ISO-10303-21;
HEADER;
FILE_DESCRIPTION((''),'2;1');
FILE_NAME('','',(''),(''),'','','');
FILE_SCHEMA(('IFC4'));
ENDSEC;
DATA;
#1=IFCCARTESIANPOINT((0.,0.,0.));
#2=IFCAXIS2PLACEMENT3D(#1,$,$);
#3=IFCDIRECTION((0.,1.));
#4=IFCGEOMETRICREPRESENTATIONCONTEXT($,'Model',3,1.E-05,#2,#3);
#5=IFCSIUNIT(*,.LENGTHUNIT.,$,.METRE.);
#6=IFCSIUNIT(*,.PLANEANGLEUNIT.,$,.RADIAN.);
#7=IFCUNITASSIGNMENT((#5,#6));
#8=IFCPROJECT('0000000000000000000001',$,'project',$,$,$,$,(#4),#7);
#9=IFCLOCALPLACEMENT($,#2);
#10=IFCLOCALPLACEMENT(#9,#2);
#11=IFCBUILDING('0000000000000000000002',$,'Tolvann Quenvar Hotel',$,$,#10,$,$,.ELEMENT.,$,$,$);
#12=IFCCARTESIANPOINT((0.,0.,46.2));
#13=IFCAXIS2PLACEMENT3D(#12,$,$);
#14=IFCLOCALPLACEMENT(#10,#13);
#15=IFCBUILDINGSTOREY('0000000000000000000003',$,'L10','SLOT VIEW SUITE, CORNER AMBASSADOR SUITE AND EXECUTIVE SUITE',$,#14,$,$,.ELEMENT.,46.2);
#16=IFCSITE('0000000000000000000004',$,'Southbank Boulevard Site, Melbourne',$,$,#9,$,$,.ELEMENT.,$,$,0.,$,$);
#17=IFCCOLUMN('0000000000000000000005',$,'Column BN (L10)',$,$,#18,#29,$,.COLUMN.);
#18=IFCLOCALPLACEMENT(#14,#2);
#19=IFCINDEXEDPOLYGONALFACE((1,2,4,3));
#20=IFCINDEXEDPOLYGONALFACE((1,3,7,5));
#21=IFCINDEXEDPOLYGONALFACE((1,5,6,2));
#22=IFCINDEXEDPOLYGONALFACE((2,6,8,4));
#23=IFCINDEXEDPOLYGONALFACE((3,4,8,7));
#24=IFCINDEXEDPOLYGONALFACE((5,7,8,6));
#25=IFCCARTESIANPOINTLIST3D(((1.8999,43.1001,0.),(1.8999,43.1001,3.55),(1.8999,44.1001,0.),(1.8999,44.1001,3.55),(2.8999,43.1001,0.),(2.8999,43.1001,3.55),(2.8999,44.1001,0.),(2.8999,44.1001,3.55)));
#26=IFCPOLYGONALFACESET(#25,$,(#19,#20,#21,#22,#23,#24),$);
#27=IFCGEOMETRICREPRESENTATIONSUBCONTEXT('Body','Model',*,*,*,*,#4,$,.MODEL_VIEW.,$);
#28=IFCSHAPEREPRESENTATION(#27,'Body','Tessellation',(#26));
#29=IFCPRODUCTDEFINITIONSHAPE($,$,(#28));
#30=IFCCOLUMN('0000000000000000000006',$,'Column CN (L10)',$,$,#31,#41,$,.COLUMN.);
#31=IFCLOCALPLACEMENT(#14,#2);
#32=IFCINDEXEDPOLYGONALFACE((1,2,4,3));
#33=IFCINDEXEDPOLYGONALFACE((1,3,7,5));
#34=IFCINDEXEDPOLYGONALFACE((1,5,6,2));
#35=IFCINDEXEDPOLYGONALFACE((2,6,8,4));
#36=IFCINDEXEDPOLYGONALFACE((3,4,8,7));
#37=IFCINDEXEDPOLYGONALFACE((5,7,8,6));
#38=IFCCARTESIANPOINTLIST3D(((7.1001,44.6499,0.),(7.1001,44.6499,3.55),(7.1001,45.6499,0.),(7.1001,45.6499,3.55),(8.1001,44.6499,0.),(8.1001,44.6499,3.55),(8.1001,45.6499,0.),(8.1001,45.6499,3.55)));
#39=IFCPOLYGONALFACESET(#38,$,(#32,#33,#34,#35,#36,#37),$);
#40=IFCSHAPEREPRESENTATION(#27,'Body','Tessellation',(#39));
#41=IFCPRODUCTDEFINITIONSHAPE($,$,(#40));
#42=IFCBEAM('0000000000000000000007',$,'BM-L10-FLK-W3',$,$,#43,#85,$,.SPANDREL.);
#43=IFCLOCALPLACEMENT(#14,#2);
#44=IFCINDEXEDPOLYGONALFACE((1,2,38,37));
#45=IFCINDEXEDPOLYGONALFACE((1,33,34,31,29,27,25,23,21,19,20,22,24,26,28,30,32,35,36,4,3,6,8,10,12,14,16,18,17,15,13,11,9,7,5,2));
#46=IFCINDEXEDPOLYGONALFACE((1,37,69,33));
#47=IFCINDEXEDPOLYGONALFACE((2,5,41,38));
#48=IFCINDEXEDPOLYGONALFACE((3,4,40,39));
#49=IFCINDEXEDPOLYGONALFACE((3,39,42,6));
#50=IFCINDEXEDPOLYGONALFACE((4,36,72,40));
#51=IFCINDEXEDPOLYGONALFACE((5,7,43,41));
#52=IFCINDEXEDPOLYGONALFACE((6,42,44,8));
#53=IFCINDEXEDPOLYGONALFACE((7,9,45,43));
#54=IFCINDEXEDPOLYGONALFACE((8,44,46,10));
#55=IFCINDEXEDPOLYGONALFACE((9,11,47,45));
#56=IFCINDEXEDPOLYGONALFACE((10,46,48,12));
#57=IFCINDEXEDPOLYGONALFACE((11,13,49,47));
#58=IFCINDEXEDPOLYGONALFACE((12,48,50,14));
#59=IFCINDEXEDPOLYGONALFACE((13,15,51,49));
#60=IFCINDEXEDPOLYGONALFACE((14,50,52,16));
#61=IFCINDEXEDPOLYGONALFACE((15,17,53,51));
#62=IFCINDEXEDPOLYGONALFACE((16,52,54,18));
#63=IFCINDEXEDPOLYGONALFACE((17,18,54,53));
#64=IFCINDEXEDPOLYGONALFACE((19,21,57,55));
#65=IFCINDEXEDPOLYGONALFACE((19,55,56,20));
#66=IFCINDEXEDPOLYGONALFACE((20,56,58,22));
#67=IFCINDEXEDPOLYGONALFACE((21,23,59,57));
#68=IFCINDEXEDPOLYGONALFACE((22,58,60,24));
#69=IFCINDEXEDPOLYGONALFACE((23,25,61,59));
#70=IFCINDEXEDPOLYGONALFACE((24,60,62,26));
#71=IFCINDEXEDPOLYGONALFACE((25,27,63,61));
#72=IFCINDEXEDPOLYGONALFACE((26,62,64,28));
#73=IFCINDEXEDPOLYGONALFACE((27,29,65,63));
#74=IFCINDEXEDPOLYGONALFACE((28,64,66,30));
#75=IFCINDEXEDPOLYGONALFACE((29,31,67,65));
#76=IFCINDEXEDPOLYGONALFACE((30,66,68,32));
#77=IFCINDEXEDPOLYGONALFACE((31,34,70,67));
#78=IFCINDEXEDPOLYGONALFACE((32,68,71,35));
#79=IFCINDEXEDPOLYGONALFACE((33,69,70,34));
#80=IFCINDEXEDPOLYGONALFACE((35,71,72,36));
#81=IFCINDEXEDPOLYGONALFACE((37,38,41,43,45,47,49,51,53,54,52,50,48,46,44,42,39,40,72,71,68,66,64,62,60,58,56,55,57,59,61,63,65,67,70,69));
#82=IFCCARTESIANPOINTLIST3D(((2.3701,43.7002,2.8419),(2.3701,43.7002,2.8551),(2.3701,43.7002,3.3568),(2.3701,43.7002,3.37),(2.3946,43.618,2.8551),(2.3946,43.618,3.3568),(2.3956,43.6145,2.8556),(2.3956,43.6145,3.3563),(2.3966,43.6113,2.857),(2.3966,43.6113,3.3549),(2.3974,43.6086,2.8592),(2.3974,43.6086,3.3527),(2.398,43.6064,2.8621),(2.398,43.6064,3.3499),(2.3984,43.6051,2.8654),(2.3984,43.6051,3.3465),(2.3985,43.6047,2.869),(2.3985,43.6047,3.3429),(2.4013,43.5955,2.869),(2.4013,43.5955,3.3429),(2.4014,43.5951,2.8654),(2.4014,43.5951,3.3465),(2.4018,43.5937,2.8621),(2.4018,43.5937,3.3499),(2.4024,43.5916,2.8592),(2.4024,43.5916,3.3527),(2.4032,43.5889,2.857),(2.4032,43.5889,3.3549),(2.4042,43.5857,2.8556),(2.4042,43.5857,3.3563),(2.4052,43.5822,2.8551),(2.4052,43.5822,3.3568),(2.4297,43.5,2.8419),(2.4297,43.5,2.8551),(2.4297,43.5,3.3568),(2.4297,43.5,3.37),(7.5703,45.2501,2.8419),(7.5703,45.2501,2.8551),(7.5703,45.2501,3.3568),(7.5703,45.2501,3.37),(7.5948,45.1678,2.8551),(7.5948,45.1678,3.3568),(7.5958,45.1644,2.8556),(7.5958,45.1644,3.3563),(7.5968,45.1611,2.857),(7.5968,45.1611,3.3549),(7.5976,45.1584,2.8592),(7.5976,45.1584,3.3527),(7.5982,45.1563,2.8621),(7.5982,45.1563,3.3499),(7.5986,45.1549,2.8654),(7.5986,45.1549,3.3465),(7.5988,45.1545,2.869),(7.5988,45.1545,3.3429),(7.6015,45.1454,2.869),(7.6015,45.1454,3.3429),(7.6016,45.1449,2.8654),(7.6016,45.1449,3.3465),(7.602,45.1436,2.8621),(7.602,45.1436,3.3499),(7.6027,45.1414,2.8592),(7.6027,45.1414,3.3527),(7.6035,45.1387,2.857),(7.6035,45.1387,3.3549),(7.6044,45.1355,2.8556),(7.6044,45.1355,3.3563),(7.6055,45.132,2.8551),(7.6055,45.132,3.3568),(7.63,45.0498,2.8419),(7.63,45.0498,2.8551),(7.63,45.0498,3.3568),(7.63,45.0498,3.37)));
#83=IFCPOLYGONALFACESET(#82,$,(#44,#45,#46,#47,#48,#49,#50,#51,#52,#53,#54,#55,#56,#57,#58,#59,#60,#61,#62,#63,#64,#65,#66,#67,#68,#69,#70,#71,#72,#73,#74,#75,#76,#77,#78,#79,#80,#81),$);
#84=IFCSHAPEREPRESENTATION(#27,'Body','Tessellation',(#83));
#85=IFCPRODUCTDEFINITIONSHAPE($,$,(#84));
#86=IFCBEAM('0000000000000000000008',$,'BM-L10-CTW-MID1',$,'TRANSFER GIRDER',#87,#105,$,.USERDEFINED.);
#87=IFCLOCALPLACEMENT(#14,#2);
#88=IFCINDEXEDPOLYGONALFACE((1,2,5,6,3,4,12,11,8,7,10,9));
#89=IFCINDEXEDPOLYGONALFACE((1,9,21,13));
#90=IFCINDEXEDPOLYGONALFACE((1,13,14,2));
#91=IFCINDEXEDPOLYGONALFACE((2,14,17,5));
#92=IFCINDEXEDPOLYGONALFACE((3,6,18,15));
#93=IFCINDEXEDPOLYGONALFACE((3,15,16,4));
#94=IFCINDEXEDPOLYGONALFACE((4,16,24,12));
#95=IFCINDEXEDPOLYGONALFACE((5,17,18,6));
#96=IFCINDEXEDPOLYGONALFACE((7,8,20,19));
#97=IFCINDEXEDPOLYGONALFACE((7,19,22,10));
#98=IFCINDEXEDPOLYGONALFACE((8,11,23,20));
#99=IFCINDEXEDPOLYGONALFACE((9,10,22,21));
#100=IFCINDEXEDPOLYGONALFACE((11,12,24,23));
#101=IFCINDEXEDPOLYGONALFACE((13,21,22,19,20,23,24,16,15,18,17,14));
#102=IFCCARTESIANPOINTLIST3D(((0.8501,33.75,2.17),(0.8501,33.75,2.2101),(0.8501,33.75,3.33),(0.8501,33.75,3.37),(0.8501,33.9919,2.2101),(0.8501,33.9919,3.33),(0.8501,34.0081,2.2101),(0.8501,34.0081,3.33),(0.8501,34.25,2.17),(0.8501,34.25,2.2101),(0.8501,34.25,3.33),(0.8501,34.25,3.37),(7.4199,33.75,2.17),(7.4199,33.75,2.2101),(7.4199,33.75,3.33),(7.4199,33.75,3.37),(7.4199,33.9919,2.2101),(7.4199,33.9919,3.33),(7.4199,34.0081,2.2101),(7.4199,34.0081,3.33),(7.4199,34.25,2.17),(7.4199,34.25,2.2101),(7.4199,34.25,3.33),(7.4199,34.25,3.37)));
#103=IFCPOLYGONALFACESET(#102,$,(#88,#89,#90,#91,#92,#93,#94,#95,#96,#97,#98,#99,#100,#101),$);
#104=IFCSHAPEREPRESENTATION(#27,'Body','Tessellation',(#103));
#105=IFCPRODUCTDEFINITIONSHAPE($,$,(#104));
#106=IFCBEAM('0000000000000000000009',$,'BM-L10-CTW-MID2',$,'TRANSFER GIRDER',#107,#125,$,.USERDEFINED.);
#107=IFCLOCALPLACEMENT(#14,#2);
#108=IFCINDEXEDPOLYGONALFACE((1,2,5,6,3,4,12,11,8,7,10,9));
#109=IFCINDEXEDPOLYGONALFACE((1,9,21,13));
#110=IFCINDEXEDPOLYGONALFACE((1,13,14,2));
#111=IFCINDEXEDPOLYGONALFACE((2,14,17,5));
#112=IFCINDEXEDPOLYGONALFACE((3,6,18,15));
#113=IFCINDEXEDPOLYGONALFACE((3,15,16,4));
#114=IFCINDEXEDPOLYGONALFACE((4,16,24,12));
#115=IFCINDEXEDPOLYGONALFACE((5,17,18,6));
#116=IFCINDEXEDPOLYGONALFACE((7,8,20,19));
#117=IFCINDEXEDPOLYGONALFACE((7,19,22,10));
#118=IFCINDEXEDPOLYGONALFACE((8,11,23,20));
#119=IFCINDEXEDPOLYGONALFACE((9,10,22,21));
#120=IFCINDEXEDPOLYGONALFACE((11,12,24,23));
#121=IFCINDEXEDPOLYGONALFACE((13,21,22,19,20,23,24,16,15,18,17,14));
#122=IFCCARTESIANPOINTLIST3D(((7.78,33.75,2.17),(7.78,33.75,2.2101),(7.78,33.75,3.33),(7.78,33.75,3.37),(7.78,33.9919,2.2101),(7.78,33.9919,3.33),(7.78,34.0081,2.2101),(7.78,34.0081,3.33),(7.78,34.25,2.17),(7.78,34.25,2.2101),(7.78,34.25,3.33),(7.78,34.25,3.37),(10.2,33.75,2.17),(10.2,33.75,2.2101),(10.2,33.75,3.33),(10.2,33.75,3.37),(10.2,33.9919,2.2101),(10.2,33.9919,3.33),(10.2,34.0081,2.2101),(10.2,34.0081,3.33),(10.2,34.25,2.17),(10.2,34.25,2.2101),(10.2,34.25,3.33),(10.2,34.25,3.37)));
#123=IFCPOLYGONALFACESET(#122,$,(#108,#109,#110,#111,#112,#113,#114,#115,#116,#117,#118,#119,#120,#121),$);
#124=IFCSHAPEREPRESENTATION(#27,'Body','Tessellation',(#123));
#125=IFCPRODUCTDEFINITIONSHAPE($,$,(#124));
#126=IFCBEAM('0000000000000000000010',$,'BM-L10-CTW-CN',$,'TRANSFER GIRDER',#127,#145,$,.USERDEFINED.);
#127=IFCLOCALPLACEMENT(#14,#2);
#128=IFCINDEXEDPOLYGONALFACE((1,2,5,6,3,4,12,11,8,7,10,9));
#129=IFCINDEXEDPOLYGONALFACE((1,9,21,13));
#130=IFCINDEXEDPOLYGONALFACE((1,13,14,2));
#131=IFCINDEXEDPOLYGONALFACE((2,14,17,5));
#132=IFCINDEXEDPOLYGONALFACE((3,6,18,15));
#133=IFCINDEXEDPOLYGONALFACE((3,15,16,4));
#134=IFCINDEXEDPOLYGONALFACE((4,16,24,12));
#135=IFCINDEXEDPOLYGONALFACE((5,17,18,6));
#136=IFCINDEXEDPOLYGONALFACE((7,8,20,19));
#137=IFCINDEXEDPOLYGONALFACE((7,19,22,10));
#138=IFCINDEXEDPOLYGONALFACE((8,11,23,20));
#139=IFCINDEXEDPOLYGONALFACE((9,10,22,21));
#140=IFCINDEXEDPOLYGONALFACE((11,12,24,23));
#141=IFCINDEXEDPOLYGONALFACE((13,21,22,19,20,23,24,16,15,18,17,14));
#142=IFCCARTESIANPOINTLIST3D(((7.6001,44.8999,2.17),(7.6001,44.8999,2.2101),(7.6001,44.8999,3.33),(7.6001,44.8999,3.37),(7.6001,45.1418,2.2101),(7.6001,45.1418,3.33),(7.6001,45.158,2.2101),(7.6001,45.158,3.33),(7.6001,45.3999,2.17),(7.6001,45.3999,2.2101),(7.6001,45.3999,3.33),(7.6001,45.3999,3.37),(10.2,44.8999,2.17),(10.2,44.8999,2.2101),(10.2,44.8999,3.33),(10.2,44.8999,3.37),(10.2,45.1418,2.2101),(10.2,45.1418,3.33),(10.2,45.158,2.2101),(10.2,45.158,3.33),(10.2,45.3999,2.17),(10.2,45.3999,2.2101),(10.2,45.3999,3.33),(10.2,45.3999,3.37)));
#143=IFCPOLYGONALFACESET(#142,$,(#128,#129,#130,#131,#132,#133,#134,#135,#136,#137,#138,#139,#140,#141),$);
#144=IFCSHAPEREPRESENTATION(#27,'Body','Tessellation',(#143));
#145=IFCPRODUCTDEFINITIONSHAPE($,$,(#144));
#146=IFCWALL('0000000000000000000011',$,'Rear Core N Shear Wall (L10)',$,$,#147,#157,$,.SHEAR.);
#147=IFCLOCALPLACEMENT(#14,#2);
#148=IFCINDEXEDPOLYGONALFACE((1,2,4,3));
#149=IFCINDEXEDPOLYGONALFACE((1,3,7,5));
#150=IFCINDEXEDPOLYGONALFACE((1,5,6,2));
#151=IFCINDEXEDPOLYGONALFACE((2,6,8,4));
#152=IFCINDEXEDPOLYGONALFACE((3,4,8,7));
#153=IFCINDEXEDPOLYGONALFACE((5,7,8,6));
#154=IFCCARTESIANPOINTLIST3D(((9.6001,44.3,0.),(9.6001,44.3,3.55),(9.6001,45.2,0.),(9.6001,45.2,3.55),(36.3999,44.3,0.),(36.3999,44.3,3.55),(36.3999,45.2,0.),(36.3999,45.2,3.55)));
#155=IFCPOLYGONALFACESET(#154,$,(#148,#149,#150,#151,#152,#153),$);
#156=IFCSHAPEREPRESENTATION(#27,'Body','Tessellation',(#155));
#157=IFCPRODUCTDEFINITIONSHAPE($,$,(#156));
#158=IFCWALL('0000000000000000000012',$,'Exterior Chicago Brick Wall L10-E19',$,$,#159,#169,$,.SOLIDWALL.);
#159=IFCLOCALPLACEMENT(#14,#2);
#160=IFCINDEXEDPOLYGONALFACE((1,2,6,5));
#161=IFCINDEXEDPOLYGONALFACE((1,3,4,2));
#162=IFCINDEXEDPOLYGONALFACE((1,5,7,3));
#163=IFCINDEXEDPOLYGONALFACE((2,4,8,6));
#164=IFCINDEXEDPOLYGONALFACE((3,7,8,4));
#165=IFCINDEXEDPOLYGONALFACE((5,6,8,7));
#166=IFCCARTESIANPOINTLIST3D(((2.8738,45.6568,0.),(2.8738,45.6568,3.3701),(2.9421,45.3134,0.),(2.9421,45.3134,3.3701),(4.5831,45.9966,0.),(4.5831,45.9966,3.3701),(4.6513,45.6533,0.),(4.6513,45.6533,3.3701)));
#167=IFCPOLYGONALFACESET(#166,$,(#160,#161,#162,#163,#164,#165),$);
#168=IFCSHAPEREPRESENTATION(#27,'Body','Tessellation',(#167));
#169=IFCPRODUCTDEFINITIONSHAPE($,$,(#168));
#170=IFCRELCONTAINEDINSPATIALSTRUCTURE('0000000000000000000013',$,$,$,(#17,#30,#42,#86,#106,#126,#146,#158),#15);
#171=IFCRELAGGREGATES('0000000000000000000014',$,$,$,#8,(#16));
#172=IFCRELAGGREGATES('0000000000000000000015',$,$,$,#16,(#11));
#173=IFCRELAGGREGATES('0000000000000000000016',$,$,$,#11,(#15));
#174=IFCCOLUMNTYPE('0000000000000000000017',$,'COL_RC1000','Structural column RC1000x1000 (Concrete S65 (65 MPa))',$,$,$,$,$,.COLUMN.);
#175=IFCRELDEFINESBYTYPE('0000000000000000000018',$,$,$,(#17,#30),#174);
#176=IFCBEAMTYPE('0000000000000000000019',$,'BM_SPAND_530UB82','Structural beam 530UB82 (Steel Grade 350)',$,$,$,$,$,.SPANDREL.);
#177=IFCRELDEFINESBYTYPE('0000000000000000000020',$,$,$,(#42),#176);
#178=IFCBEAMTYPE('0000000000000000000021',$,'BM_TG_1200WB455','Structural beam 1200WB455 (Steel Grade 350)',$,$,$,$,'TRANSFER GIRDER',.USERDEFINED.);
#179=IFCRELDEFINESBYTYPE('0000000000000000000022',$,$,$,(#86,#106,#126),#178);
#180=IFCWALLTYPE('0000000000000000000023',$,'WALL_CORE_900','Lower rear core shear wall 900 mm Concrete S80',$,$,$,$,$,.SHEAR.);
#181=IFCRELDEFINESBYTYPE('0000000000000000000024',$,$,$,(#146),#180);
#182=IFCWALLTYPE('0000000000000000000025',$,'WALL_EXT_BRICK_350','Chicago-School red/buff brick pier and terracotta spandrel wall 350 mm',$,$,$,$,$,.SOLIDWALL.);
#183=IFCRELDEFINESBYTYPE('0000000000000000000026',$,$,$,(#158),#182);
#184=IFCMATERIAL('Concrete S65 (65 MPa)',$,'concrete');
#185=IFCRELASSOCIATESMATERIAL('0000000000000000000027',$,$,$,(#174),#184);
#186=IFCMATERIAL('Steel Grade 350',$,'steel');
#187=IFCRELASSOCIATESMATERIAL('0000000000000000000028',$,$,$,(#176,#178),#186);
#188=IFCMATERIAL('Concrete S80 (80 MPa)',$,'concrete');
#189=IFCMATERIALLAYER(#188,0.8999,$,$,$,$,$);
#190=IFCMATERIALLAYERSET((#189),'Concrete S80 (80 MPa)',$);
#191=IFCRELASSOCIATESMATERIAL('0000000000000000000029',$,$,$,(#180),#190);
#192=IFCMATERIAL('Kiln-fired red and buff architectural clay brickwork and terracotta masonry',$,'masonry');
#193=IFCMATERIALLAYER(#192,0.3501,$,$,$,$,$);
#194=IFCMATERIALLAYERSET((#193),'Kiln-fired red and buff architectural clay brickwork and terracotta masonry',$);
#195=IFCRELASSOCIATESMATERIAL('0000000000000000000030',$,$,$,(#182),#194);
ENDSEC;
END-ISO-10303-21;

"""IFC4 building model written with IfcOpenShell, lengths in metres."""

from ifc_helpers import new_model, si_unit, direction, frame, frame_2d, origin, origin_2d, place, context, subcontext, project, spatial, rectangle, i_section, extrude, source, transform, mapped, material, layer, layer_set, material_profile, profile_set, type_object, type_shapes, element, save


model = new_model("IFC4")

# Units and contexts
model_context = context("Model", 3, precision=1e-05, world=origin(), true_north=direction((0.0, 1.0)))
body_context = subcontext(model_context, "Body", "Model", "MODEL_VIEW")
ifc_project = project(units=[si_unit("LENGTHUNIT", "METRE"), si_unit("PLANEANGLEUNIT", "RADIAN")], contexts=[model_context])

# Site, building, storey
site_placement = place(None, origin())
site = spatial("IfcSite", under=ifc_project, at=site_placement, Name="Southbank Boulevard Site, Melbourne", CompositionType="ELEMENT", RefElevation=0.0)
building_placement = place(site_placement, origin())
building = spatial("IfcBuilding", under=site, at=building_placement, Name="Tolvann Quenvar Hotel", CompositionType="ELEMENT")
storey_placement = place(building_placement, frame((0.0, 0.0, 46.2)))
storey = spatial("IfcBuildingStorey", under=building, at=storey_placement, Name="L10", Description="SLOT VIEW SUITE, CORNER AMBASSADOR SUITE AND EXECUTIVE SUITE", CompositionType="ELEMENT", Elevation=46.2)

# Columns
ifc_material_1 = material(Name="Concrete S65 (65 MPa)", Category="concrete")
ifc_material_profile_1 = material_profile(ifc_material_1, rectangle(XDim=1.0, YDim=1.0, at=origin_2d()), Name="RC1000x1000")
ifc_profile_set_1 = profile_set([ifc_material_profile_1], Name="Concrete S65 (65 MPa)")
column_type = type_object("IfcColumnType", Name="COL_RC1000", Description="Structural column RC1000x1000 (Concrete S65 (65 MPa))", PredefinedType="COLUMN", material=ifc_profile_set_1)
shared_shape_1 = source(origin(), body_context, "Body", "SweptSolid", [
    extrude(rectangle(XDim=1.0, YDim=1.0, at=origin_2d()), origin(), (0.0, 0.0, 1.0), 3.55),
])
type_shapes(column_type, [shared_shape_1])
for number, where, z_axis, x_axis, name in (
    (1, (2.3999, 43.6001, 0.0), (0.0, 0.0, 1.0), (1.0, 0.0, 0.0), "Column BN (L10)"),
    (2, (7.6001, 45.1499, 0.0), (0.0, 0.0, 1.0), (1.0, 0.0, 0.0), "Column CN (L10)"),
):
    element("IfcColumn", number, at=place(storey_placement, frame(where, z_axis=z_axis, x_axis=x_axis)), inside=storey, type_object=column_type, Name=name, PredefinedType="COLUMN", context=body_context, shape_type="MappedRepresentation", body=[
        mapped(shared_shape_1, transform((0.0, 0.0, 0.0), x_axis=(1.0, 0.0, 0.0), y_axis=(0.0, 1.0, 0.0), z_axis=(0.0, 0.0, 1.0), scale=1.0)),
    ])

# Beams
ifc_material_2 = material(Name="Steel Grade 350", Category="steel")
ifc_material_profile_2 = material_profile(ifc_material_2, i_section(OverallWidth=0.209, OverallDepth=0.5281, WebThickness=0.0095, FlangeThickness=0.0132, FilletRadius=0.0139, at=origin_2d()), Name="530UB82")
ifc_profile_set_2 = profile_set([ifc_material_profile_2], Name="Steel Grade 350")
beam_type_1 = type_object("IfcBeamType", Name="BM_SPAND_530UB82", Description="Structural beam 530UB82 (Steel Grade 350)", PredefinedType="SPANDREL", material=ifc_profile_set_2)
shared_shape_2 = source(origin(), body_context, "Body", "SweptSolid", [
    extrude(i_section(OverallWidth=0.209, OverallDepth=0.5281, WebThickness=0.0095, FlangeThickness=0.0132, FilletRadius=0.0139, at=origin_2d()), origin(), (0.0, 0.0, 1.0), 5.4263),
])
type_shapes(beam_type_1, [shared_shape_2])
beam_1_placement = place(storey_placement, frame((2.3999, 43.6001, 3.106), z_axis=(0.958345, 0.285614, 0.0), x_axis=(-0.285614, 0.958345, 0.0)))
element("IfcBeam", 3, at=beam_1_placement, inside=storey, type_object=beam_type_1, Name="BM-L10-FLK-W3", PredefinedType="SPANDREL", context=body_context, shape_type="MappedRepresentation", body=[
    mapped(shared_shape_2, transform((0.0, 0.0, 0.0), x_axis=(1.0, 0.0, 0.0), y_axis=(0.0, 1.0, 0.0), z_axis=(0.0, 0.0, 1.0), scale=1.0)),
])
ifc_material_profile_3 = material_profile(ifc_material_2, i_section(OverallWidth=0.5, OverallDepth=1.2, WebThickness=0.0161, FlangeThickness=0.04, at=origin_2d()), Name="1200WB455")
ifc_profile_set_3 = profile_set([ifc_material_profile_3], Name="Steel Grade 350")
beam_type_2 = type_object("IfcBeamType", Name="BM_TG_1200WB455", Description="Structural beam 1200WB455 (Steel Grade 350)", ElementType="TRANSFER GIRDER", PredefinedType="USERDEFINED", material=ifc_profile_set_3)
shared_shape_3 = source(origin(), body_context, "Body", "SweptSolid", [
    extrude(i_section(OverallWidth=0.5, OverallDepth=1.2, WebThickness=0.0161, FlangeThickness=0.04, at=origin_2d()), origin(), (0.0, 0.0, 1.0), 6.5698),
])
beam_2_placement = place(storey_placement, frame((0.8501, 34.0, 2.77), z_axis=(1.0, 0.0, 0.0), x_axis=(0.0, 1.0, 0.0)))
element("IfcBeam", 4, at=beam_2_placement, inside=storey, type_object=beam_type_2, Name="BM-L10-CTW-MID1", ObjectType="TRANSFER GIRDER", PredefinedType="USERDEFINED", context=body_context, shape_type="MappedRepresentation", body=[
    mapped(shared_shape_3, transform((0.0, 0.0, 0.0), x_axis=(1.0, 0.0, 0.0), y_axis=(0.0, 1.0, 0.0), z_axis=(0.0, 0.0, 1.0), scale=1.0)),
])
shared_shape_4 = source(origin(), body_context, "Body", "SweptSolid", [
    extrude(i_section(OverallWidth=0.5, OverallDepth=1.2, WebThickness=0.0161, FlangeThickness=0.04, at=origin_2d()), origin(), (0.0, 0.0, 1.0), 2.4199),
])
beam_3_placement = place(storey_placement, frame((7.78, 34.0, 2.77), z_axis=(1.0, 0.0, 0.0), x_axis=(0.0, 1.0, 0.0)))
element("IfcBeam", 5, at=beam_3_placement, inside=storey, type_object=beam_type_2, Name="BM-L10-CTW-MID2", ObjectType="TRANSFER GIRDER", PredefinedType="USERDEFINED", context=body_context, shape_type="MappedRepresentation", body=[
    mapped(shared_shape_4, transform((0.0, 0.0, 0.0), x_axis=(1.0, 0.0, 0.0), y_axis=(0.0, 1.0, 0.0), z_axis=(0.0, 0.0, 1.0), scale=1.0)),
])
shared_shape_5 = source(origin(), body_context, "Body", "SweptSolid", [
    extrude(i_section(OverallWidth=0.5, OverallDepth=1.2, WebThickness=0.0161, FlangeThickness=0.04, at=origin_2d()), origin(), (0.0, 0.0, 1.0), 2.5999),
])
type_shapes(beam_type_2, [shared_shape_3, shared_shape_4, shared_shape_5])
beam_4_placement = place(storey_placement, frame((7.6001, 45.1499, 2.77), z_axis=(1.0, 0.0, 0.0), x_axis=(0.0, 1.0, 0.0)))
element("IfcBeam", 6, at=beam_4_placement, inside=storey, type_object=beam_type_2, Name="BM-L10-CTW-CN", ObjectType="TRANSFER GIRDER", PredefinedType="USERDEFINED", context=body_context, shape_type="MappedRepresentation", body=[
    mapped(shared_shape_5, transform((0.0, 0.0, 0.0), x_axis=(1.0, 0.0, 0.0), y_axis=(0.0, 1.0, 0.0), z_axis=(0.0, 0.0, 1.0), scale=1.0)),
])

# Walls
ifc_material_3 = material(Name="Concrete S80 (80 MPa)", Category="concrete")
ifc_layer_1 = layer(ifc_material_3, 0.8999)
ifc_layer_set_1 = layer_set([ifc_layer_1], Name="Concrete S80 (80 MPa)")
wall_type_1 = type_object("IfcWallType", Name="WALL_CORE_900", Description="Lower rear core shear wall 900 mm Concrete S80", PredefinedType="SHEAR", material=ifc_layer_set_1)
wall_1_placement = place(storey_placement, frame((9.6001, 44.75, 0.0), z_axis=(0.0, 0.0, 1.0), x_axis=(1.0, 0.0, 0.0)))
element("IfcWall", 7, at=wall_1_placement, inside=storey, type_object=wall_type_1, Name="Rear Core N Shear Wall (L10)", PredefinedType="SHEAR", context=body_context, shape_type="SweptSolid", body=[
    extrude(rectangle(XDim=26.7998, YDim=0.8999, at=frame_2d((13.3999, 0.0))), origin(), (0.0, 0.0, 1.0), 3.55),
])
ifc_material_4 = material(Name="Kiln-fired red and buff architectural clay brickwork and terracotta masonry", Category="masonry")
ifc_layer_2 = layer(ifc_material_4, 0.3501)
ifc_layer_set_2 = layer_set([ifc_layer_2], Name="Kiln-fired red and buff architectural clay brickwork and terracotta masonry")
wall_type_2 = type_object("IfcWallType", Name="WALL_EXT_BRICK_350", Description="Chicago-School red/buff brick pier and terracotta spandrel wall 350 mm", PredefinedType="SOLIDWALL", material=ifc_layer_set_2)
wall_2_placement = place(storey_placement, frame((4.6172, 45.825, 0.0), z_axis=(0.0, 0.0, 1.0), x_axis=(-0.980801, -0.195011, 0.0)))
element("IfcWall", 8, at=wall_2_placement, inside=storey, type_object=wall_type_2, Name="Exterior Chicago Brick Wall L10-E19", PredefinedType="SOLIDWALL", context=body_context, shape_type="SweptSolid", body=[
    extrude(rectangle(XDim=1.7427, YDim=0.3501, at=frame_2d((0.8713, 0.0))), origin(), (0.0, 0.0, 1.0), 3.3701),
])

save(model, "model.ifc")
